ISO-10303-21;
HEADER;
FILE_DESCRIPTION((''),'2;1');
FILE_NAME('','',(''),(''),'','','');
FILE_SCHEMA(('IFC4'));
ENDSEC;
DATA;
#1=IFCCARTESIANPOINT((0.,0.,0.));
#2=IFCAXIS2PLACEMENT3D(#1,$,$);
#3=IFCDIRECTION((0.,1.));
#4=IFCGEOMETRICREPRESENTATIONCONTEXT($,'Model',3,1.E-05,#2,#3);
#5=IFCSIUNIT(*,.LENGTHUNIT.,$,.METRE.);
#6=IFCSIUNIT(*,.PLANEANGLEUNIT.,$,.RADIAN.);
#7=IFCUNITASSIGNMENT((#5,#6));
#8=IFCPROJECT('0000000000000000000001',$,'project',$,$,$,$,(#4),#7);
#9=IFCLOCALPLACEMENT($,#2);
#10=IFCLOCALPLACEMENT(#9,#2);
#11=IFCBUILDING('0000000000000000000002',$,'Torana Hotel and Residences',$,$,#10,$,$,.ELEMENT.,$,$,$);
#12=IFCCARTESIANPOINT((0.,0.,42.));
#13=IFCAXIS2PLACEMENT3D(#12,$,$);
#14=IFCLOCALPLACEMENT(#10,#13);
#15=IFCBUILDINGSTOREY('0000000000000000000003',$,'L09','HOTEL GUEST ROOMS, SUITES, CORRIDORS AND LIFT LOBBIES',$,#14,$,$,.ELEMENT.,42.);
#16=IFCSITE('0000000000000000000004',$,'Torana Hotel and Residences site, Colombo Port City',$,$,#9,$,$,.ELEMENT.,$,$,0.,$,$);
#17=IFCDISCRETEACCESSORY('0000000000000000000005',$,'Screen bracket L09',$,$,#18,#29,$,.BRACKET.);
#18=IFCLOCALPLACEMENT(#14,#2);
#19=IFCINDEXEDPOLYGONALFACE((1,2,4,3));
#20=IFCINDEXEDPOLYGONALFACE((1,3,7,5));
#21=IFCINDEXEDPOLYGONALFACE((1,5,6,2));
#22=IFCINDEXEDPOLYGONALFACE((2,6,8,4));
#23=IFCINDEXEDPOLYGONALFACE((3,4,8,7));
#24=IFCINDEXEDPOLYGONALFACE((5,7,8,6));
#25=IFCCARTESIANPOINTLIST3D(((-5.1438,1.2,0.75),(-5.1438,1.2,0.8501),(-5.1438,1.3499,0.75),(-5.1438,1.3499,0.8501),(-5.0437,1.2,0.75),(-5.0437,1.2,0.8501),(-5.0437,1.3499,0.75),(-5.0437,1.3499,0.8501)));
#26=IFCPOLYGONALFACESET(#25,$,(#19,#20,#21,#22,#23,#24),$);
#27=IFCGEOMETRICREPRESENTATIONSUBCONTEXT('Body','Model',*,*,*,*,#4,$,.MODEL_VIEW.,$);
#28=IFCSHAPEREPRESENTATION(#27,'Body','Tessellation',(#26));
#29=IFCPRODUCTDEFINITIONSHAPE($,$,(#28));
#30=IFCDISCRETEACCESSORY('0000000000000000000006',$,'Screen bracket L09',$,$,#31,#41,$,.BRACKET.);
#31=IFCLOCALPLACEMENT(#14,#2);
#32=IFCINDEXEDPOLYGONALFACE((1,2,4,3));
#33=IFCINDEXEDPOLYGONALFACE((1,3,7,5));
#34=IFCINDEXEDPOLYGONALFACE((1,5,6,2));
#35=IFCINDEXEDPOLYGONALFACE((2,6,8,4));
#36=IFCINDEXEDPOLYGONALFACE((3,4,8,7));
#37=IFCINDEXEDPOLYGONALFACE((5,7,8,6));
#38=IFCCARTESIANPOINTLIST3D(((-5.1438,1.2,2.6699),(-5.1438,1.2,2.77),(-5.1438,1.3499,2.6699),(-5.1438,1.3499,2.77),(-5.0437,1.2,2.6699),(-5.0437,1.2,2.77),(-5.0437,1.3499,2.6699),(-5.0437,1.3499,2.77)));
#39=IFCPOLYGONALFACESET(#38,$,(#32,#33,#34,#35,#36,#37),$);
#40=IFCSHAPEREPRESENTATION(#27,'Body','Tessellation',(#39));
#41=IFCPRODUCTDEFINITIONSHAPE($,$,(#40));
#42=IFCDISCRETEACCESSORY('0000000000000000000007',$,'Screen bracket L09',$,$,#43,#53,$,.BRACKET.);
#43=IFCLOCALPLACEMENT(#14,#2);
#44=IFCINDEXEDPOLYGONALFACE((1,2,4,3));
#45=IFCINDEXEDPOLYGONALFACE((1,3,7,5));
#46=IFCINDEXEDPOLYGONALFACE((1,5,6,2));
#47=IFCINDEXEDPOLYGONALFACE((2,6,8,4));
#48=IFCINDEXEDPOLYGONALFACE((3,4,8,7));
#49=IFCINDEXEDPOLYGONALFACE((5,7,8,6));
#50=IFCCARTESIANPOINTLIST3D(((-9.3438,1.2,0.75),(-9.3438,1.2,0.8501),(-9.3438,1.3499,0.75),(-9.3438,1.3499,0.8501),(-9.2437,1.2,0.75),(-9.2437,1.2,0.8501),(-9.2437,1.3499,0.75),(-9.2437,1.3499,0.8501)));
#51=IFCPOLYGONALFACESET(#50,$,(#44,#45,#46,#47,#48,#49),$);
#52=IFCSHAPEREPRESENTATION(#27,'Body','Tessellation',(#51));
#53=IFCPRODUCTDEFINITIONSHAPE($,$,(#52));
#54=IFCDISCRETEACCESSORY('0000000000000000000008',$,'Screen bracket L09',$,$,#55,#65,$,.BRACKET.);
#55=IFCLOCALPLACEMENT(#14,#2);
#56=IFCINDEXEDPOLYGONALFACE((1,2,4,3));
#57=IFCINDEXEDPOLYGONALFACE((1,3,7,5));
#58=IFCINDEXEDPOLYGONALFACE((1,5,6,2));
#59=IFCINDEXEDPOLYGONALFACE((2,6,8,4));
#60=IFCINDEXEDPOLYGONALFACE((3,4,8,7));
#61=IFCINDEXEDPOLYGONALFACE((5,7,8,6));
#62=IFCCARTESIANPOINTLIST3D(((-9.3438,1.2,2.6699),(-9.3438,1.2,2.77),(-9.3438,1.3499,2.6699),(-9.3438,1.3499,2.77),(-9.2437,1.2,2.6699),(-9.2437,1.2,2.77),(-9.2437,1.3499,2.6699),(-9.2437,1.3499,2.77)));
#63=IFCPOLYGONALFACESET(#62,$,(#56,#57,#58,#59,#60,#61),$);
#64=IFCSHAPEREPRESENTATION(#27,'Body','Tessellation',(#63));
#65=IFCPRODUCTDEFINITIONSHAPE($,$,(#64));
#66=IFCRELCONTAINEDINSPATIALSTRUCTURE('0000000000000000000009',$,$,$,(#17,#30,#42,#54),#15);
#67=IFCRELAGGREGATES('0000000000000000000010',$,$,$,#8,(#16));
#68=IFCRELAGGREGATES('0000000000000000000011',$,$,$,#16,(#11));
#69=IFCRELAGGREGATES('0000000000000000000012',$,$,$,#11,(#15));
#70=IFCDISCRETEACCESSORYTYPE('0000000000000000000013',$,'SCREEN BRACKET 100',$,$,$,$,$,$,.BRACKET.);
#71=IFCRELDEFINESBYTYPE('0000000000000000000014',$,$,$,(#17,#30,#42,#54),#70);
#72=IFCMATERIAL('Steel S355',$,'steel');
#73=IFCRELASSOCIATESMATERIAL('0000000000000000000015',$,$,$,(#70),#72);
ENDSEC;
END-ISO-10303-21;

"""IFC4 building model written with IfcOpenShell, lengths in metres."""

from ifc_helpers import new_model, si_unit, direction, frame, origin, origin_2d, place, context, subcontext, project, spatial, rectangle, extrude, material, type_object, element, save


model = new_model("IFC4")

# Units and contexts
model_context = context("Model", 3, precision=1e-05, world=origin(), true_north=direction((0.0, 1.0)))
body_context = subcontext(model_context, "Body", "Model", "MODEL_VIEW")
ifc_project = project(units=[si_unit("LENGTHUNIT", "METRE"), si_unit("PLANEANGLEUNIT", "RADIAN")], contexts=[model_context])

# Site, building, storey
site_placement = place(None, origin())
site = spatial("IfcSite", under=ifc_project, at=site_placement, Name="Torana Hotel and Residences site, Colombo Port City", CompositionType="ELEMENT", RefElevation=0.0)
building_placement = place(site_placement, origin())
building = spatial("IfcBuilding", under=site, at=building_placement, Name="Torana Hotel and Residences", CompositionType="ELEMENT")
storey_placement = place(building_placement, frame((0.0, 0.0, 42.0)))
storey = spatial("IfcBuildingStorey", under=building, at=storey_placement, Name="L09", Description="HOTEL GUEST ROOMS, SUITES, CORRIDORS AND LIFT LOBBIES", CompositionType="ELEMENT", Elevation=42.0)

# Discrete accessories
ifc_material_1 = material(Name="Steel S355", Category="steel")
discrete_accessory_type = type_object("IfcDiscreteAccessoryType", Name="SCREEN BRACKET 100", PredefinedType="BRACKET", material=ifc_material_1)
for number, where, z_axis, x_axis, name in (
    (1, (-5.0938, 1.2749, 0.75), (0.0, 0.0, 1.0), (-1.0, 0.0, 0.0), "Screen bracket L09"),
    (2, (-5.0938, 1.2749, 2.6699), (0.0, 0.0, 1.0), (-1.0, 0.0, 0.0), "Screen bracket L09"),
    (3, (-9.2937, 1.2749, 0.75), (0.0, 0.0, 1.0), (-1.0, 0.0, 0.0), "Screen bracket L09"),
    (4, (-9.2937, 1.2749, 2.6699), (0.0, 0.0, 1.0), (-1.0, 0.0, 0.0), "Screen bracket L09"),
):
    element("IfcDiscreteAccessory", number, at=place(storey_placement, frame(where, z_axis=z_axis, x_axis=x_axis)), inside=storey, type_object=discrete_accessory_type, Name=name, PredefinedType="BRACKET", context=body_context, shape_type="SweptSolid", body=[
        extrude(rectangle(XDim=0.1001, YDim=0.1499, at=origin_2d()), origin(), (0.0, 0.0, 1.0), 0.1001),
    ])

save(model, "model.ifc")
